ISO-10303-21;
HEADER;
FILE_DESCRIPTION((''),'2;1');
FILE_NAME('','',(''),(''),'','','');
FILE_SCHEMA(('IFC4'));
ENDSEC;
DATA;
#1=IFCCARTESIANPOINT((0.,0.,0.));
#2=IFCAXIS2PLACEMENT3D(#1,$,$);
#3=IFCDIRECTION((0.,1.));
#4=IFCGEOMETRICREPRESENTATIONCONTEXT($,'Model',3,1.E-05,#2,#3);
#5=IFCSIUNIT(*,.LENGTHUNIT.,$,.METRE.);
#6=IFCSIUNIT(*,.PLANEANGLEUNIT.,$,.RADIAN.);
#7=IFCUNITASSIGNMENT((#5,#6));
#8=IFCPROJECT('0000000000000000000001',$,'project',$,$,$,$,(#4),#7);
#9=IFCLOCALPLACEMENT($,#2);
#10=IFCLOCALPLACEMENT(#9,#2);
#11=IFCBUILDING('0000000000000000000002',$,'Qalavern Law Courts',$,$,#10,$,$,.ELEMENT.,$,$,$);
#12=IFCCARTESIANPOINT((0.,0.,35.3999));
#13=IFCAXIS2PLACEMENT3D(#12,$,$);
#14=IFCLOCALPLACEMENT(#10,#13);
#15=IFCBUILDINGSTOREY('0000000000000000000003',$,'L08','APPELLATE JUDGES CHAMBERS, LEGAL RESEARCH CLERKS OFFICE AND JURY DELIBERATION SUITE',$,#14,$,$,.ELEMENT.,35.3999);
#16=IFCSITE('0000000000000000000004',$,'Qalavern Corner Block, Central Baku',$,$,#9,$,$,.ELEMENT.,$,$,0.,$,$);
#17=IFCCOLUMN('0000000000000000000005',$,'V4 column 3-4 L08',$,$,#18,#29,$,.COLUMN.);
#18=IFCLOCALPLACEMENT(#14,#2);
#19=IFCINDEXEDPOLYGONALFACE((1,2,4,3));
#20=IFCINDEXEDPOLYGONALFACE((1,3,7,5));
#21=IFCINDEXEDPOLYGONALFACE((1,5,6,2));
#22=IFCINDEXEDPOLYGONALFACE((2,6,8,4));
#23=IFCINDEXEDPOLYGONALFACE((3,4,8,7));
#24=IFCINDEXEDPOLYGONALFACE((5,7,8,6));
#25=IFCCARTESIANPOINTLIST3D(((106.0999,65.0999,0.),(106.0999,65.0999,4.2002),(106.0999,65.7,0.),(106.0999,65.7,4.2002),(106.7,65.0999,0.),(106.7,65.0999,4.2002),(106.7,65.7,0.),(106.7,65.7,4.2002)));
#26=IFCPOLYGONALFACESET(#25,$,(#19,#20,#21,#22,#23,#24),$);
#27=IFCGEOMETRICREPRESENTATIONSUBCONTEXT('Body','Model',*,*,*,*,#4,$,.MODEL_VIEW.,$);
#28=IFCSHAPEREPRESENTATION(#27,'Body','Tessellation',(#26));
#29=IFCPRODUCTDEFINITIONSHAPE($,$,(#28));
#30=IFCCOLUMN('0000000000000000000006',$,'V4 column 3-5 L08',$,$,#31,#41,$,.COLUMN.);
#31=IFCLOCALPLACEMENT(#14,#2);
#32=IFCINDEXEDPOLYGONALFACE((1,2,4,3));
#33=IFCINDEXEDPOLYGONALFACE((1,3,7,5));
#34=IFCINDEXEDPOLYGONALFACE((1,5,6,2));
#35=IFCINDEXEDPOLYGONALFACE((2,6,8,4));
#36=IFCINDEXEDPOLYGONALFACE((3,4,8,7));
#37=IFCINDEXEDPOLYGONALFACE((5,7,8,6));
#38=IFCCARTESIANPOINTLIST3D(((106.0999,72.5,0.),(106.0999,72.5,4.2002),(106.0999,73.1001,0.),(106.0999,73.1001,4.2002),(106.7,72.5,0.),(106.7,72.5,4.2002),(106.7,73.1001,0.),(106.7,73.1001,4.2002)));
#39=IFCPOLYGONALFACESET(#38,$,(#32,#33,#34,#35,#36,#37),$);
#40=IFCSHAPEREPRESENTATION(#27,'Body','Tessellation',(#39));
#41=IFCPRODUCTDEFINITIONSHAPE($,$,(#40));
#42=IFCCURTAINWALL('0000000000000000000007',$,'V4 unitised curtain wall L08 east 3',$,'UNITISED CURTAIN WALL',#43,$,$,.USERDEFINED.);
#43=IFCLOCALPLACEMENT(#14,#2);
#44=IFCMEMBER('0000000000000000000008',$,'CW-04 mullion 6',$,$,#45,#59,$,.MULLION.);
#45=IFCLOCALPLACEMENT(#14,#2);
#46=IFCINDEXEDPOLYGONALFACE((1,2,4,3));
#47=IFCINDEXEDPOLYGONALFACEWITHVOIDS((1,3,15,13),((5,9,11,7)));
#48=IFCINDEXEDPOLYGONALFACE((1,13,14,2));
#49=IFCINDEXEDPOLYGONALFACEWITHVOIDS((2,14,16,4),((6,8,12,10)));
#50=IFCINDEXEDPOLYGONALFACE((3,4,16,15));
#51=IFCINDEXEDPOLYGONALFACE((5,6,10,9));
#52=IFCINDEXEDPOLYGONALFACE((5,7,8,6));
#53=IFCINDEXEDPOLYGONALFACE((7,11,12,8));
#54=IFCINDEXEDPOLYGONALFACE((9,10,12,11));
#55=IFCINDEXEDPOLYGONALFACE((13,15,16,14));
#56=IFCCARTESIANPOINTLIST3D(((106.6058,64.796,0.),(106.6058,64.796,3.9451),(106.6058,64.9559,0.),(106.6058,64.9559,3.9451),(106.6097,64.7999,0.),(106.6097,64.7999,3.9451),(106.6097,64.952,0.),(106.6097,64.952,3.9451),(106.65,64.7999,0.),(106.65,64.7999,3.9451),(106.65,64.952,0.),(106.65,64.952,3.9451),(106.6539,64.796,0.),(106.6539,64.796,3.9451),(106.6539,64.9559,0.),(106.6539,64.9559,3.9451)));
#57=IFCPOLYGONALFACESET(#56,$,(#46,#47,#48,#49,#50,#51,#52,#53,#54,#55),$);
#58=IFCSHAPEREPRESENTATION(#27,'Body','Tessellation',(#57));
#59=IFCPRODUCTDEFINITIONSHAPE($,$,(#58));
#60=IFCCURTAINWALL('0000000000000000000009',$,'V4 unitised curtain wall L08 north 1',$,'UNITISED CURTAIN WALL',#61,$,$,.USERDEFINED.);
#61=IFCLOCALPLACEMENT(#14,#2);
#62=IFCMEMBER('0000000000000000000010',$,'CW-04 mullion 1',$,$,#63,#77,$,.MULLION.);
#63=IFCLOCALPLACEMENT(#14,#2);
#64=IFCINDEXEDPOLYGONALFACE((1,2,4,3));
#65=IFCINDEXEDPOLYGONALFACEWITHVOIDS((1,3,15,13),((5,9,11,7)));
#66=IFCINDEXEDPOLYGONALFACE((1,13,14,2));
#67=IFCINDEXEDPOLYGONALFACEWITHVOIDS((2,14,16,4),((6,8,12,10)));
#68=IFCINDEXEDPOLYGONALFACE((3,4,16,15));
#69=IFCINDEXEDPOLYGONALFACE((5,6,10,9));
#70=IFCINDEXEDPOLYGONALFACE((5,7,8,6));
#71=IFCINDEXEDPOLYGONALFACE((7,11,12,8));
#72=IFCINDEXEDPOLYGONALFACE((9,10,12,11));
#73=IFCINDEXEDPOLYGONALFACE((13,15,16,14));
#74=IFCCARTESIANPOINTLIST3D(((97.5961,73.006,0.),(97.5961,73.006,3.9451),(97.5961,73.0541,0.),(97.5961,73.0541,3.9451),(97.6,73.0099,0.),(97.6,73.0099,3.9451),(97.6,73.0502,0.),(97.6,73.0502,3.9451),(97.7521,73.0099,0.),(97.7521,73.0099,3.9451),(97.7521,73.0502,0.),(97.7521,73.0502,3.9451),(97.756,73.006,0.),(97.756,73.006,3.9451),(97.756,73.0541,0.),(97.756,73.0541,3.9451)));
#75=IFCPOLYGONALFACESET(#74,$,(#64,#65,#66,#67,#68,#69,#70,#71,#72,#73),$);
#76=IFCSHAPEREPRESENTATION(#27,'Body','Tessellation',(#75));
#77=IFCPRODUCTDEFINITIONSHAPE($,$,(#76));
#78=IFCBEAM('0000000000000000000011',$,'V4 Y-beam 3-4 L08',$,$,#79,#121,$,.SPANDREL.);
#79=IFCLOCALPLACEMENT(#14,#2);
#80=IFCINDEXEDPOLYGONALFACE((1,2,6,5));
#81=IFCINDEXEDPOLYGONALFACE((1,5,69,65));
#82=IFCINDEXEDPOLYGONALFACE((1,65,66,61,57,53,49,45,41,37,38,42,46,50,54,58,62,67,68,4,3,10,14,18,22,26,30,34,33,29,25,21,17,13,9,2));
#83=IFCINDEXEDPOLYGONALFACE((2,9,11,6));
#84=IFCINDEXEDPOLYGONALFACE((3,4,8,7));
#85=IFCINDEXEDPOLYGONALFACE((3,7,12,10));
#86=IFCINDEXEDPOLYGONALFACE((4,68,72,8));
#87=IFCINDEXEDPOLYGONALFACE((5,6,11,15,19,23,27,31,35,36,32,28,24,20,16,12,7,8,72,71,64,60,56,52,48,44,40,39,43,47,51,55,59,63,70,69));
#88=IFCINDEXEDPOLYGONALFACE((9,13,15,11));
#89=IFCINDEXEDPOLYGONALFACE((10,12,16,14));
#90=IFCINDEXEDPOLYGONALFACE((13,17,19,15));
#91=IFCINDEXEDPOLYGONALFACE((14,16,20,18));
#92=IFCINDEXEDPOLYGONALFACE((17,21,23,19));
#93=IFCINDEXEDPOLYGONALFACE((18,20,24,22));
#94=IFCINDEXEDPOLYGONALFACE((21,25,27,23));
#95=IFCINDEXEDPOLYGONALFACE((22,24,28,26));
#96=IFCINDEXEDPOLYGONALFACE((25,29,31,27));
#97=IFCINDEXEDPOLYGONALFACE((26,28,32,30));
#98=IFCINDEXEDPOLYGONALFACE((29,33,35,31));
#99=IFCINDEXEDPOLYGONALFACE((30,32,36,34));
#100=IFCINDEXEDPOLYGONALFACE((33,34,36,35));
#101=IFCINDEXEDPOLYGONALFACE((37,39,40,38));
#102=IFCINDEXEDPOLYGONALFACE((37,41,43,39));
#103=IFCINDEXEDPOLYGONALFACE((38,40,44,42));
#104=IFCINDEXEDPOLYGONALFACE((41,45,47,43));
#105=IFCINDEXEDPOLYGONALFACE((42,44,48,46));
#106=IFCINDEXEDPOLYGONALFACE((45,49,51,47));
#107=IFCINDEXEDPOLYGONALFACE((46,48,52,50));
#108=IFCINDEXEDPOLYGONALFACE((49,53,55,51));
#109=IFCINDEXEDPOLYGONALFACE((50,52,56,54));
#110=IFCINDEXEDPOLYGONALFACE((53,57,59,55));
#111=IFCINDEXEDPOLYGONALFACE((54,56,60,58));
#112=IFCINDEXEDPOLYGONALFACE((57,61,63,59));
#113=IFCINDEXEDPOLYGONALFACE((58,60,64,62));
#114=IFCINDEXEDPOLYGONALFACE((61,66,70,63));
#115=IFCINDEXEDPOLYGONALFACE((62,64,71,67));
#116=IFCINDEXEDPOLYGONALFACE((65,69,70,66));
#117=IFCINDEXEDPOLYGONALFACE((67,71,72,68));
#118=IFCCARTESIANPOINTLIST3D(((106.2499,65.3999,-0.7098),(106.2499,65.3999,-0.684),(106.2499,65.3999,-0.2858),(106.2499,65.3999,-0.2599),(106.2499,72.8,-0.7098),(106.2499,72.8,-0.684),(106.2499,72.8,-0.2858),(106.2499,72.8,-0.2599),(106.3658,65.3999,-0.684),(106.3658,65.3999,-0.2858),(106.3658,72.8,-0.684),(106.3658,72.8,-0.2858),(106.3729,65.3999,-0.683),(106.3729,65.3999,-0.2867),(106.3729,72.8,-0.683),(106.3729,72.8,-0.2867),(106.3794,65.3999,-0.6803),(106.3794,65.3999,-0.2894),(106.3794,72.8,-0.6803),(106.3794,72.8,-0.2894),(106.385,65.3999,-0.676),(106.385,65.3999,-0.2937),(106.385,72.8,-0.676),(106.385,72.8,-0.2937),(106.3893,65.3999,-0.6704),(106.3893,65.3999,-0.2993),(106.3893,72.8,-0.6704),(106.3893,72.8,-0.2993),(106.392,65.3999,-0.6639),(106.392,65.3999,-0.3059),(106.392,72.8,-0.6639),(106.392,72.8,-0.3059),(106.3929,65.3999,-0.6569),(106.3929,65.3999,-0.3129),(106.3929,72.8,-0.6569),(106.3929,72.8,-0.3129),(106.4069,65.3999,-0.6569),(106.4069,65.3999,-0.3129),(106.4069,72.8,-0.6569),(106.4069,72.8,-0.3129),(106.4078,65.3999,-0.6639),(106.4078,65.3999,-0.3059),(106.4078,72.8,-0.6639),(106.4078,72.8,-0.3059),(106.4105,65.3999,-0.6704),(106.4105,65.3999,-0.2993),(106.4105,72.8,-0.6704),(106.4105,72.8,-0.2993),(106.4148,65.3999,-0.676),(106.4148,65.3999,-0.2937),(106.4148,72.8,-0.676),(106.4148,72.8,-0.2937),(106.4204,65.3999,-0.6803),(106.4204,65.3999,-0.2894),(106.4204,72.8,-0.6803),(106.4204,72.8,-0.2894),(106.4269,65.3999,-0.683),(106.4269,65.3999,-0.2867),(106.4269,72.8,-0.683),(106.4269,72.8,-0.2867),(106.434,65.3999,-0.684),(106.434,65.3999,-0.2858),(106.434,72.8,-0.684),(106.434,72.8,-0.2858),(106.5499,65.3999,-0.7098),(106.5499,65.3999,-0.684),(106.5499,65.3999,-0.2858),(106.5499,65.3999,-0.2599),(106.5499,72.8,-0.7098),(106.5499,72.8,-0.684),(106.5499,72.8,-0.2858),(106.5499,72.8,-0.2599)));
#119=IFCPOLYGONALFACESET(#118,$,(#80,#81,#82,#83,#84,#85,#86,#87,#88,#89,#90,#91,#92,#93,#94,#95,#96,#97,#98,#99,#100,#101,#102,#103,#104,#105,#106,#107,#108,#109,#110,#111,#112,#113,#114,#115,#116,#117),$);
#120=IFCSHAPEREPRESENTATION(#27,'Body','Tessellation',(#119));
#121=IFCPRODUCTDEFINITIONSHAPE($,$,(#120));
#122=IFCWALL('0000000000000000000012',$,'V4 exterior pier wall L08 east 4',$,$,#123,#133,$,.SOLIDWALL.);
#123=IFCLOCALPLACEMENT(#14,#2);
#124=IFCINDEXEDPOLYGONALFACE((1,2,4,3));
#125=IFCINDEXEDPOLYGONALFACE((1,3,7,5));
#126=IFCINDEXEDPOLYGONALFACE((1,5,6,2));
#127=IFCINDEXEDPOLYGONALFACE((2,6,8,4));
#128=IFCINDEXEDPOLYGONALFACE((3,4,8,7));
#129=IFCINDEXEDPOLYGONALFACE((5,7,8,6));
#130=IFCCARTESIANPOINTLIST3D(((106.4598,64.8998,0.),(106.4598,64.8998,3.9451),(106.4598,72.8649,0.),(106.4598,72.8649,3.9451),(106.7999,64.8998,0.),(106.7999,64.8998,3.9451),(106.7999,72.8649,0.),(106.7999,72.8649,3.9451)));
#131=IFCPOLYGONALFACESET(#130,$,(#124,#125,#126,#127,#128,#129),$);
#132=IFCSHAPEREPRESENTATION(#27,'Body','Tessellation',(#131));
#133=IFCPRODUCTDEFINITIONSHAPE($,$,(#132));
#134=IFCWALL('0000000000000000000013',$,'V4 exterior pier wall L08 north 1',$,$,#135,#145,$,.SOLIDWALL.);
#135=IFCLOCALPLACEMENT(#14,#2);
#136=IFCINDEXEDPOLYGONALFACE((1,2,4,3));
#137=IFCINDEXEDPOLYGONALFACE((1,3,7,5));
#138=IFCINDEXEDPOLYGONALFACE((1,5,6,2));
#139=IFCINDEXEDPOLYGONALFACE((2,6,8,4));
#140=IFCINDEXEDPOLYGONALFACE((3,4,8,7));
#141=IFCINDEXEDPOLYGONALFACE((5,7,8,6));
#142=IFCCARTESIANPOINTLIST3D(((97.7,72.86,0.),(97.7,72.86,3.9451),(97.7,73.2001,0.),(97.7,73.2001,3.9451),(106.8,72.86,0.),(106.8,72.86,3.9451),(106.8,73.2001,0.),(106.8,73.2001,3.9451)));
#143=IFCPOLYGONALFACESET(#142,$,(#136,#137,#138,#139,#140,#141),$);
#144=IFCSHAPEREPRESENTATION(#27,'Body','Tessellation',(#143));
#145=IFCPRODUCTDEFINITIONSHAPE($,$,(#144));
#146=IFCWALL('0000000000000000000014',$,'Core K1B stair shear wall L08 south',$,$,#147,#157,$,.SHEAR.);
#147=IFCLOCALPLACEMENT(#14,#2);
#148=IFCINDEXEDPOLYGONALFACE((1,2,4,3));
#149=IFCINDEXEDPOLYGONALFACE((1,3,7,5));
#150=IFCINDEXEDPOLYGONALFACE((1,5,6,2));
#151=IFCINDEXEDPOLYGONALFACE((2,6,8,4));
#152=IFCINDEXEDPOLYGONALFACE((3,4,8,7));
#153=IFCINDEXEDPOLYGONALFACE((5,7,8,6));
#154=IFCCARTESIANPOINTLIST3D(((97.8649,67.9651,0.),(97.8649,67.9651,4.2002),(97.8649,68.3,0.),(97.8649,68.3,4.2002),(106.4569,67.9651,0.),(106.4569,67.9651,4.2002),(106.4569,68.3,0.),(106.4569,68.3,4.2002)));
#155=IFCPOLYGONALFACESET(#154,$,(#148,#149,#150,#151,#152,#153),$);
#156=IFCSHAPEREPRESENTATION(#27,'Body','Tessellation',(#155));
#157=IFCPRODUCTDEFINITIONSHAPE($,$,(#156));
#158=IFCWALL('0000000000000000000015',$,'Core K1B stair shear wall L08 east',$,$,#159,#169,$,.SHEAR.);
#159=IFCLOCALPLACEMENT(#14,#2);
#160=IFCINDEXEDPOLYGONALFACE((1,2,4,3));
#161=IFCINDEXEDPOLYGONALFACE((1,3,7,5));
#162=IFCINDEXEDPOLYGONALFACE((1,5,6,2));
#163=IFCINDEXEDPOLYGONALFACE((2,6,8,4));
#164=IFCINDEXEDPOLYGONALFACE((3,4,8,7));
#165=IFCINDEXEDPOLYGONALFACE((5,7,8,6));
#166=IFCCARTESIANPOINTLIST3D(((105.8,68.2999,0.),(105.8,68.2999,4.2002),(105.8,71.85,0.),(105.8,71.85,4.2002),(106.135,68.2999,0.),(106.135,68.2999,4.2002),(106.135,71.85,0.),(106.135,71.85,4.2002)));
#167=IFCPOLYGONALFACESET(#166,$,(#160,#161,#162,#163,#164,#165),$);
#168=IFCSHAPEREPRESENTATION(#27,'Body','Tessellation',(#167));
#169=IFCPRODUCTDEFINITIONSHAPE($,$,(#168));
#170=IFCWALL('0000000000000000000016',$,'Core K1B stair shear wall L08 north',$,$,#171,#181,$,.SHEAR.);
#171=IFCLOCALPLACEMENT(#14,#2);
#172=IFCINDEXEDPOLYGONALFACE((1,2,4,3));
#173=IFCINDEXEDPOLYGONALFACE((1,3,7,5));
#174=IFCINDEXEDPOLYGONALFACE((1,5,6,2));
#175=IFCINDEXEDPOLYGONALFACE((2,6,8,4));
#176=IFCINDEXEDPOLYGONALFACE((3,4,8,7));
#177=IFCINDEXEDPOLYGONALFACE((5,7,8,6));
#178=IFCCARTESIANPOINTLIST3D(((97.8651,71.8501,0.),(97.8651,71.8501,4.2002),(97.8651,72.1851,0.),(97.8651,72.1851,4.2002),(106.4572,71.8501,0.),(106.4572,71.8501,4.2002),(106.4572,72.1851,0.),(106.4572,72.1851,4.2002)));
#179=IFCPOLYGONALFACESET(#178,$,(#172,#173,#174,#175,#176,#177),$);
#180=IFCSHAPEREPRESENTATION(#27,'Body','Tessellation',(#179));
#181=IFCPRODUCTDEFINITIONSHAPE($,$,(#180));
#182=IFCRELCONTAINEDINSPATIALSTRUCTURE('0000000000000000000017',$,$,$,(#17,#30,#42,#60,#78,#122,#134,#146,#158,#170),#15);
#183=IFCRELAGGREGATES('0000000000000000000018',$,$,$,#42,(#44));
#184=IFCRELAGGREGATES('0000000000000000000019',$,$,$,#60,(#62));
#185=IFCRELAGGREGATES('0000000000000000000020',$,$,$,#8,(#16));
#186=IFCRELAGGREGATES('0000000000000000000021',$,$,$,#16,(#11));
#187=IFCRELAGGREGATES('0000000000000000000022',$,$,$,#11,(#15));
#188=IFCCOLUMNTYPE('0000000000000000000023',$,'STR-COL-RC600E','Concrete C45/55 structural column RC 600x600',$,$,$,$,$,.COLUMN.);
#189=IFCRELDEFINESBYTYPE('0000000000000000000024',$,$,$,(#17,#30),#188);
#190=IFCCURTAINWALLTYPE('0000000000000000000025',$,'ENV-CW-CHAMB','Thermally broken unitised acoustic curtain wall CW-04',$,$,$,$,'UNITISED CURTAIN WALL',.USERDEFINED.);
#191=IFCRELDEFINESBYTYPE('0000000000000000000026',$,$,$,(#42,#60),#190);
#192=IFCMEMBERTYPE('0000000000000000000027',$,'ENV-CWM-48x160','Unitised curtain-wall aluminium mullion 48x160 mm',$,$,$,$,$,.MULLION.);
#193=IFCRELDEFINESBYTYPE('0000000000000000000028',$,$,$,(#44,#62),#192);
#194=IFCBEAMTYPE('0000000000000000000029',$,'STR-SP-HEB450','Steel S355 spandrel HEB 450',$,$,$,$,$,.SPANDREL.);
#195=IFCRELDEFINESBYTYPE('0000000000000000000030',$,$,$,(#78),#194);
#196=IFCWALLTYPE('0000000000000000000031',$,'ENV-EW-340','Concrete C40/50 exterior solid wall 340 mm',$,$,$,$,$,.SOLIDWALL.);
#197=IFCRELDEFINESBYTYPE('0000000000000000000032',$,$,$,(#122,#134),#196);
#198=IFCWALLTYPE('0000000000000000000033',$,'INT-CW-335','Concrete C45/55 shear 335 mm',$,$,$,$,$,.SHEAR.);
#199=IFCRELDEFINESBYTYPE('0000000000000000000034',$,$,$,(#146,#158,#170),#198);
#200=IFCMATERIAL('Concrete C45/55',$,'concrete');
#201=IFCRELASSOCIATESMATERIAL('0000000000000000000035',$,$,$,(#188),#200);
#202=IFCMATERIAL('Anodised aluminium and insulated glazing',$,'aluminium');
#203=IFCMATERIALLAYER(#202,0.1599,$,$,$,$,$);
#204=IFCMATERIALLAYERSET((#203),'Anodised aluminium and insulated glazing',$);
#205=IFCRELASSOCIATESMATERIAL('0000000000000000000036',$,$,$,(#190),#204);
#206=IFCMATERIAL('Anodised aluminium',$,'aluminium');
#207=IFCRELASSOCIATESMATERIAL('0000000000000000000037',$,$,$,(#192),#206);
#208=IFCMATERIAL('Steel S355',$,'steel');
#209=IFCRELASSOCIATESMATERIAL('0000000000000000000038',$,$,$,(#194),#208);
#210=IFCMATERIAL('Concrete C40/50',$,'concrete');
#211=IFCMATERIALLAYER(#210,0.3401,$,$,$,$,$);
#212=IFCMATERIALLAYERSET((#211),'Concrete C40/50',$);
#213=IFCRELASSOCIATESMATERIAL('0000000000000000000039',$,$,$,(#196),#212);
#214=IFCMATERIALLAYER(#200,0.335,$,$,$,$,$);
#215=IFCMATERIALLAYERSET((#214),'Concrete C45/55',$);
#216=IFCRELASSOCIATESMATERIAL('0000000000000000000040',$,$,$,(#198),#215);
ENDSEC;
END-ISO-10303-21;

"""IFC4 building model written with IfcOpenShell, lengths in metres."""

from ifc_helpers import new_model, si_unit, direction, frame, frame_2d, origin, origin_2d, place, context, subcontext, project, spatial, rectangle, hollow_rectangle, i_section, extrude, material, layer, layer_set, material_profile, profile_set, type_object, element, aggregate, save


model = new_model("IFC4")

# Units and contexts
model_context = context("Model", 3, precision=1e-05, world=origin(), true_north=direction((0.0, 1.0)))
body_context = subcontext(model_context, "Body", "Model", "MODEL_VIEW")
ifc_project = project(units=[si_unit("LENGTHUNIT", "METRE"), si_unit("PLANEANGLEUNIT", "RADIAN")], contexts=[model_context])

# Site, building, storey
site_placement = place(None, origin())
site = spatial("IfcSite", under=ifc_project, at=site_placement, Name="Qalavern Corner Block, Central Baku", CompositionType="ELEMENT", RefElevation=0.0)
building_placement = place(site_placement, origin())
building = spatial("IfcBuilding", under=site, at=building_placement, Name="Qalavern Law Courts", CompositionType="ELEMENT")
storey_placement = place(building_placement, frame((0.0, 0.0, 35.3999)))
storey = spatial("IfcBuildingStorey", under=building, at=storey_placement, Name="L08", Description="APPELLATE JUDGES CHAMBERS, LEGAL RESEARCH CLERKS OFFICE AND JURY DELIBERATION SUITE", CompositionType="ELEMENT", Elevation=35.3999)

# Columns
ifc_material_1 = material(Name="Concrete C45/55", Category="concrete")
ifc_material_profile_1 = material_profile(ifc_material_1, rectangle(XDim=0.6001, YDim=0.6001, at=origin_2d()), Name="RC 600x600")
ifc_profile_set_1 = profile_set([ifc_material_profile_1], Name="Concrete C45/55")
column_type = type_object("IfcColumnType", Name="STR-COL-RC600E", Description="Concrete C45/55 structural column RC 600x600", PredefinedType="COLUMN", material=ifc_profile_set_1)
for number, where, z_axis, x_axis, name in (
    (1, (106.3999, 65.3999, 0.0), (0.0, 0.0, 1.0), (1.0, 0.0, 0.0), "V4 column 3-4 L08"),
    (2, (106.3999, 72.8, 0.0), (0.0, 0.0, 1.0), (1.0, 0.0, 0.0), "V4 column 3-5 L08"),
):
    element("IfcColumn", number, at=place(storey_placement, frame(where, z_axis=z_axis, x_axis=x_axis)), inside=storey, type_object=column_type, Name=name, PredefinedType="COLUMN", context=body_context, shape_type="SweptSolid", body=[
        extrude(rectangle(XDim=0.6001, YDim=0.6001, at=origin_2d()), origin(), (0.0, 0.0, 1.0), 4.2002),
    ])

# Curtain walls, members
ifc_material_2 = material(Name="Anodised aluminium and insulated glazing", Category="aluminium")
ifc_layer_1 = layer(ifc_material_2, 0.1599)
ifc_layer_set_1 = layer_set([ifc_layer_1], Name="Anodised aluminium and insulated glazing")
curtain_wall_type = type_object("IfcCurtainWallType", Name="ENV-CW-CHAMB", Description="Thermally broken unitised acoustic curtain wall CW-04", ElementType="UNITISED CURTAIN WALL", PredefinedType="USERDEFINED", material=ifc_layer_set_1)
curtain_wall_1_placement = place(storey_placement, origin())
curtain_wall_1 = element("IfcCurtainWall", 3, at=curtain_wall_1_placement, inside=storey, type_object=curtain_wall_type, Name="V4 unitised curtain wall L08 east 3", ObjectType="UNITISED CURTAIN WALL", PredefinedType="USERDEFINED")
ifc_material_3 = material(Name="Anodised aluminium", Category="aluminium")
ifc_material_profile_2 = material_profile(ifc_material_3, hollow_rectangle(XDim=0.0481, YDim=0.1599, WallThickness=0.0039, at=origin_2d()), Name="ALU MULLION 48x160")
ifc_profile_set_2 = profile_set([ifc_material_profile_2], Name="Anodised aluminium")
member_type = type_object("IfcMemberType", Name="ENV-CWM-48x160", Description="Unitised curtain-wall aluminium mullion 48x160 mm", PredefinedType="MULLION", material=ifc_profile_set_2)
member_1_placement = place(storey_placement, frame((106.6299, 64.876, 0.0), z_axis=(0.0, 0.0, 1.0), x_axis=(-1.0, 0.0, 0.0)))
member_1 = element("IfcMember", 4, at=member_1_placement, type_object=member_type, Name="CW-04 mullion 6", PredefinedType="MULLION", context=body_context, shape_type="SweptSolid", body=[
    extrude(hollow_rectangle(XDim=0.0481, YDim=0.1599, WallThickness=0.0039, at=origin_2d()), origin(), (0.0, 0.0, 1.0), 3.9451),
])
aggregate(curtain_wall_1, [member_1])
curtain_wall_2_placement = place(storey_placement, origin())
curtain_wall_2 = element("IfcCurtainWall", 5, at=curtain_wall_2_placement, inside=storey, type_object=curtain_wall_type, Name="V4 unitised curtain wall L08 north 1", ObjectType="UNITISED CURTAIN WALL", PredefinedType="USERDEFINED")
member_2_placement = place(storey_placement, frame((97.676, 73.03, 0.0), z_axis=(0.0, 0.0, 1.0), x_axis=(0.0, -1.0, 0.0)))
member_2 = element("IfcMember", 6, at=member_2_placement, type_object=member_type, Name="CW-04 mullion 1", PredefinedType="MULLION", context=body_context, shape_type="SweptSolid", body=[
    extrude(hollow_rectangle(XDim=0.0481, YDim=0.1599, WallThickness=0.0039, at=origin_2d()), origin(), (0.0, 0.0, 1.0), 3.9451),
])
aggregate(curtain_wall_2, [member_2])

# Beam
ifc_material_4 = material(Name="Steel S355", Category="steel")
ifc_material_profile_3 = material_profile(ifc_material_4, i_section(OverallWidth=0.3, OverallDepth=0.45, WebThickness=0.0139, FlangeThickness=0.0259, FilletRadius=0.0271, at=origin_2d()), Name="HEB 450")
ifc_profile_set_3 = profile_set([ifc_material_profile_3], Name="Steel S355")
beam_type = type_object("IfcBeamType", Name="STR-SP-HEB450", Description="Steel S355 spandrel HEB 450", PredefinedType="SPANDREL", material=ifc_profile_set_3)
beam_placement = place(storey_placement, frame((106.3999, 65.3999, -0.4849), z_axis=(0.0, 1.0, 0.0), x_axis=(-1.0, 0.0, 0.0)))
element("IfcBeam", 7, at=beam_placement, inside=storey, type_object=beam_type, Name="V4 Y-beam 3-4 L08", PredefinedType="SPANDREL", context=body_context, shape_type="SweptSolid", body=[
    extrude(i_section(OverallWidth=0.3, OverallDepth=0.45, WebThickness=0.0139, FlangeThickness=0.0259, FilletRadius=0.0271, at=origin_2d()), origin(), (0.0, 0.0, 1.0), 7.4001),
])

# Walls
ifc_material_5 = material(Name="Concrete C40/50", Category="concrete")
ifc_layer_2 = layer(ifc_material_5, 0.3401)
ifc_layer_set_2 = layer_set([ifc_layer_2], Name="Concrete C40/50")
wall_type_1 = type_object("IfcWallType", Name="ENV-EW-340", Description="Concrete C40/50 exterior solid wall 340 mm", PredefinedType="SOLIDWALL", material=ifc_layer_set_2)
wall_1_placement = place(storey_placement, frame((106.6299, 64.8999, 0.0), z_axis=(0.0, 0.0, 1.0), x_axis=(0.0, 1.0, 0.0)))
element("IfcWall", 8, at=wall_1_placement, inside=storey, type_object=wall_type_1, Name="V4 exterior pier wall L08 east 4", PredefinedType="SOLIDWALL", context=body_context, shape_type="SweptSolid", body=[
    extrude(rectangle(XDim=7.9651, YDim=0.3401, at=frame_2d((3.9824, 0.0))), origin(), (0.0, 0.0, 1.0), 3.9451),
])
wall_2_placement = place(storey_placement, frame((106.8, 73.03, 0.0), z_axis=(0.0, 0.0, 1.0), x_axis=(-1.0, 0.0, 0.0)))
element("IfcWall", 9, at=wall_2_placement, inside=storey, type_object=wall_type_1, Name="V4 exterior pier wall L08 north 1", PredefinedType="SOLIDWALL", context=body_context, shape_type="SweptSolid", body=[
    extrude(rectangle(XDim=9.1001, YDim=0.3401, at=frame_2d((4.55, 0.0))), origin(), (0.0, 0.0, 1.0), 3.9451),
])
ifc_layer_3 = layer(ifc_material_1, 0.335)
ifc_layer_set_3 = layer_set([ifc_layer_3], Name="Concrete C45/55")
wall_type_2 = type_object("IfcWallType", Name="INT-CW-335", Description="Concrete C45/55 shear 335 mm", PredefinedType="SHEAR", material=ifc_layer_set_3)
wall_3_placement = place(storey_placement, frame((97.865, 68.1326, 0.0), z_axis=(0.0, 0.0, 1.0), x_axis=(1.0, 0.0, 0.0)))
element("IfcWall", 10, at=wall_3_placement, inside=storey, type_object=wall_type_2, Name="Core K1B stair shear wall L08 south", PredefinedType="SHEAR", context=body_context, shape_type="SweptSolid", body=[
    extrude(rectangle(XDim=8.592, YDim=0.335, at=frame_2d((4.2959, 0.0))), origin(), (0.0, 0.0, 1.0), 4.2002),
])
wall_4_placement = place(storey_placement, frame((105.9675, 68.3, 0.0), z_axis=(0.0, 0.0, 1.0), x_axis=(0.0, 1.0, 0.0)))
element("IfcWall", 11, at=wall_4_placement, inside=storey, type_object=wall_type_2, Name="Core K1B stair shear wall L08 east", PredefinedType="SHEAR", context=body_context, shape_type="SweptSolid", body=[
    extrude(rectangle(XDim=3.55, YDim=0.335, at=frame_2d((1.7749, 0.0))), origin(), (0.0, 0.0, 1.0), 4.2002),
])
wall_5_placement = place(storey_placement, frame((106.457, 72.0176, 0.0), z_axis=(0.0, 0.0, 1.0), x_axis=(-1.0, 0.0, 0.0)))
element("IfcWall", 12, at=wall_5_placement, inside=storey, type_object=wall_type_2, Name="Core K1B stair shear wall L08 north", PredefinedType="SHEAR", context=body_context, shape_type="SweptSolid", body=[
    extrude(rectangle(XDim=8.592, YDim=0.335, at=frame_2d((4.2959, 0.0))), origin(), (0.0, 0.0, 1.0), 4.2002),
])

save(model, "model.ifc")
